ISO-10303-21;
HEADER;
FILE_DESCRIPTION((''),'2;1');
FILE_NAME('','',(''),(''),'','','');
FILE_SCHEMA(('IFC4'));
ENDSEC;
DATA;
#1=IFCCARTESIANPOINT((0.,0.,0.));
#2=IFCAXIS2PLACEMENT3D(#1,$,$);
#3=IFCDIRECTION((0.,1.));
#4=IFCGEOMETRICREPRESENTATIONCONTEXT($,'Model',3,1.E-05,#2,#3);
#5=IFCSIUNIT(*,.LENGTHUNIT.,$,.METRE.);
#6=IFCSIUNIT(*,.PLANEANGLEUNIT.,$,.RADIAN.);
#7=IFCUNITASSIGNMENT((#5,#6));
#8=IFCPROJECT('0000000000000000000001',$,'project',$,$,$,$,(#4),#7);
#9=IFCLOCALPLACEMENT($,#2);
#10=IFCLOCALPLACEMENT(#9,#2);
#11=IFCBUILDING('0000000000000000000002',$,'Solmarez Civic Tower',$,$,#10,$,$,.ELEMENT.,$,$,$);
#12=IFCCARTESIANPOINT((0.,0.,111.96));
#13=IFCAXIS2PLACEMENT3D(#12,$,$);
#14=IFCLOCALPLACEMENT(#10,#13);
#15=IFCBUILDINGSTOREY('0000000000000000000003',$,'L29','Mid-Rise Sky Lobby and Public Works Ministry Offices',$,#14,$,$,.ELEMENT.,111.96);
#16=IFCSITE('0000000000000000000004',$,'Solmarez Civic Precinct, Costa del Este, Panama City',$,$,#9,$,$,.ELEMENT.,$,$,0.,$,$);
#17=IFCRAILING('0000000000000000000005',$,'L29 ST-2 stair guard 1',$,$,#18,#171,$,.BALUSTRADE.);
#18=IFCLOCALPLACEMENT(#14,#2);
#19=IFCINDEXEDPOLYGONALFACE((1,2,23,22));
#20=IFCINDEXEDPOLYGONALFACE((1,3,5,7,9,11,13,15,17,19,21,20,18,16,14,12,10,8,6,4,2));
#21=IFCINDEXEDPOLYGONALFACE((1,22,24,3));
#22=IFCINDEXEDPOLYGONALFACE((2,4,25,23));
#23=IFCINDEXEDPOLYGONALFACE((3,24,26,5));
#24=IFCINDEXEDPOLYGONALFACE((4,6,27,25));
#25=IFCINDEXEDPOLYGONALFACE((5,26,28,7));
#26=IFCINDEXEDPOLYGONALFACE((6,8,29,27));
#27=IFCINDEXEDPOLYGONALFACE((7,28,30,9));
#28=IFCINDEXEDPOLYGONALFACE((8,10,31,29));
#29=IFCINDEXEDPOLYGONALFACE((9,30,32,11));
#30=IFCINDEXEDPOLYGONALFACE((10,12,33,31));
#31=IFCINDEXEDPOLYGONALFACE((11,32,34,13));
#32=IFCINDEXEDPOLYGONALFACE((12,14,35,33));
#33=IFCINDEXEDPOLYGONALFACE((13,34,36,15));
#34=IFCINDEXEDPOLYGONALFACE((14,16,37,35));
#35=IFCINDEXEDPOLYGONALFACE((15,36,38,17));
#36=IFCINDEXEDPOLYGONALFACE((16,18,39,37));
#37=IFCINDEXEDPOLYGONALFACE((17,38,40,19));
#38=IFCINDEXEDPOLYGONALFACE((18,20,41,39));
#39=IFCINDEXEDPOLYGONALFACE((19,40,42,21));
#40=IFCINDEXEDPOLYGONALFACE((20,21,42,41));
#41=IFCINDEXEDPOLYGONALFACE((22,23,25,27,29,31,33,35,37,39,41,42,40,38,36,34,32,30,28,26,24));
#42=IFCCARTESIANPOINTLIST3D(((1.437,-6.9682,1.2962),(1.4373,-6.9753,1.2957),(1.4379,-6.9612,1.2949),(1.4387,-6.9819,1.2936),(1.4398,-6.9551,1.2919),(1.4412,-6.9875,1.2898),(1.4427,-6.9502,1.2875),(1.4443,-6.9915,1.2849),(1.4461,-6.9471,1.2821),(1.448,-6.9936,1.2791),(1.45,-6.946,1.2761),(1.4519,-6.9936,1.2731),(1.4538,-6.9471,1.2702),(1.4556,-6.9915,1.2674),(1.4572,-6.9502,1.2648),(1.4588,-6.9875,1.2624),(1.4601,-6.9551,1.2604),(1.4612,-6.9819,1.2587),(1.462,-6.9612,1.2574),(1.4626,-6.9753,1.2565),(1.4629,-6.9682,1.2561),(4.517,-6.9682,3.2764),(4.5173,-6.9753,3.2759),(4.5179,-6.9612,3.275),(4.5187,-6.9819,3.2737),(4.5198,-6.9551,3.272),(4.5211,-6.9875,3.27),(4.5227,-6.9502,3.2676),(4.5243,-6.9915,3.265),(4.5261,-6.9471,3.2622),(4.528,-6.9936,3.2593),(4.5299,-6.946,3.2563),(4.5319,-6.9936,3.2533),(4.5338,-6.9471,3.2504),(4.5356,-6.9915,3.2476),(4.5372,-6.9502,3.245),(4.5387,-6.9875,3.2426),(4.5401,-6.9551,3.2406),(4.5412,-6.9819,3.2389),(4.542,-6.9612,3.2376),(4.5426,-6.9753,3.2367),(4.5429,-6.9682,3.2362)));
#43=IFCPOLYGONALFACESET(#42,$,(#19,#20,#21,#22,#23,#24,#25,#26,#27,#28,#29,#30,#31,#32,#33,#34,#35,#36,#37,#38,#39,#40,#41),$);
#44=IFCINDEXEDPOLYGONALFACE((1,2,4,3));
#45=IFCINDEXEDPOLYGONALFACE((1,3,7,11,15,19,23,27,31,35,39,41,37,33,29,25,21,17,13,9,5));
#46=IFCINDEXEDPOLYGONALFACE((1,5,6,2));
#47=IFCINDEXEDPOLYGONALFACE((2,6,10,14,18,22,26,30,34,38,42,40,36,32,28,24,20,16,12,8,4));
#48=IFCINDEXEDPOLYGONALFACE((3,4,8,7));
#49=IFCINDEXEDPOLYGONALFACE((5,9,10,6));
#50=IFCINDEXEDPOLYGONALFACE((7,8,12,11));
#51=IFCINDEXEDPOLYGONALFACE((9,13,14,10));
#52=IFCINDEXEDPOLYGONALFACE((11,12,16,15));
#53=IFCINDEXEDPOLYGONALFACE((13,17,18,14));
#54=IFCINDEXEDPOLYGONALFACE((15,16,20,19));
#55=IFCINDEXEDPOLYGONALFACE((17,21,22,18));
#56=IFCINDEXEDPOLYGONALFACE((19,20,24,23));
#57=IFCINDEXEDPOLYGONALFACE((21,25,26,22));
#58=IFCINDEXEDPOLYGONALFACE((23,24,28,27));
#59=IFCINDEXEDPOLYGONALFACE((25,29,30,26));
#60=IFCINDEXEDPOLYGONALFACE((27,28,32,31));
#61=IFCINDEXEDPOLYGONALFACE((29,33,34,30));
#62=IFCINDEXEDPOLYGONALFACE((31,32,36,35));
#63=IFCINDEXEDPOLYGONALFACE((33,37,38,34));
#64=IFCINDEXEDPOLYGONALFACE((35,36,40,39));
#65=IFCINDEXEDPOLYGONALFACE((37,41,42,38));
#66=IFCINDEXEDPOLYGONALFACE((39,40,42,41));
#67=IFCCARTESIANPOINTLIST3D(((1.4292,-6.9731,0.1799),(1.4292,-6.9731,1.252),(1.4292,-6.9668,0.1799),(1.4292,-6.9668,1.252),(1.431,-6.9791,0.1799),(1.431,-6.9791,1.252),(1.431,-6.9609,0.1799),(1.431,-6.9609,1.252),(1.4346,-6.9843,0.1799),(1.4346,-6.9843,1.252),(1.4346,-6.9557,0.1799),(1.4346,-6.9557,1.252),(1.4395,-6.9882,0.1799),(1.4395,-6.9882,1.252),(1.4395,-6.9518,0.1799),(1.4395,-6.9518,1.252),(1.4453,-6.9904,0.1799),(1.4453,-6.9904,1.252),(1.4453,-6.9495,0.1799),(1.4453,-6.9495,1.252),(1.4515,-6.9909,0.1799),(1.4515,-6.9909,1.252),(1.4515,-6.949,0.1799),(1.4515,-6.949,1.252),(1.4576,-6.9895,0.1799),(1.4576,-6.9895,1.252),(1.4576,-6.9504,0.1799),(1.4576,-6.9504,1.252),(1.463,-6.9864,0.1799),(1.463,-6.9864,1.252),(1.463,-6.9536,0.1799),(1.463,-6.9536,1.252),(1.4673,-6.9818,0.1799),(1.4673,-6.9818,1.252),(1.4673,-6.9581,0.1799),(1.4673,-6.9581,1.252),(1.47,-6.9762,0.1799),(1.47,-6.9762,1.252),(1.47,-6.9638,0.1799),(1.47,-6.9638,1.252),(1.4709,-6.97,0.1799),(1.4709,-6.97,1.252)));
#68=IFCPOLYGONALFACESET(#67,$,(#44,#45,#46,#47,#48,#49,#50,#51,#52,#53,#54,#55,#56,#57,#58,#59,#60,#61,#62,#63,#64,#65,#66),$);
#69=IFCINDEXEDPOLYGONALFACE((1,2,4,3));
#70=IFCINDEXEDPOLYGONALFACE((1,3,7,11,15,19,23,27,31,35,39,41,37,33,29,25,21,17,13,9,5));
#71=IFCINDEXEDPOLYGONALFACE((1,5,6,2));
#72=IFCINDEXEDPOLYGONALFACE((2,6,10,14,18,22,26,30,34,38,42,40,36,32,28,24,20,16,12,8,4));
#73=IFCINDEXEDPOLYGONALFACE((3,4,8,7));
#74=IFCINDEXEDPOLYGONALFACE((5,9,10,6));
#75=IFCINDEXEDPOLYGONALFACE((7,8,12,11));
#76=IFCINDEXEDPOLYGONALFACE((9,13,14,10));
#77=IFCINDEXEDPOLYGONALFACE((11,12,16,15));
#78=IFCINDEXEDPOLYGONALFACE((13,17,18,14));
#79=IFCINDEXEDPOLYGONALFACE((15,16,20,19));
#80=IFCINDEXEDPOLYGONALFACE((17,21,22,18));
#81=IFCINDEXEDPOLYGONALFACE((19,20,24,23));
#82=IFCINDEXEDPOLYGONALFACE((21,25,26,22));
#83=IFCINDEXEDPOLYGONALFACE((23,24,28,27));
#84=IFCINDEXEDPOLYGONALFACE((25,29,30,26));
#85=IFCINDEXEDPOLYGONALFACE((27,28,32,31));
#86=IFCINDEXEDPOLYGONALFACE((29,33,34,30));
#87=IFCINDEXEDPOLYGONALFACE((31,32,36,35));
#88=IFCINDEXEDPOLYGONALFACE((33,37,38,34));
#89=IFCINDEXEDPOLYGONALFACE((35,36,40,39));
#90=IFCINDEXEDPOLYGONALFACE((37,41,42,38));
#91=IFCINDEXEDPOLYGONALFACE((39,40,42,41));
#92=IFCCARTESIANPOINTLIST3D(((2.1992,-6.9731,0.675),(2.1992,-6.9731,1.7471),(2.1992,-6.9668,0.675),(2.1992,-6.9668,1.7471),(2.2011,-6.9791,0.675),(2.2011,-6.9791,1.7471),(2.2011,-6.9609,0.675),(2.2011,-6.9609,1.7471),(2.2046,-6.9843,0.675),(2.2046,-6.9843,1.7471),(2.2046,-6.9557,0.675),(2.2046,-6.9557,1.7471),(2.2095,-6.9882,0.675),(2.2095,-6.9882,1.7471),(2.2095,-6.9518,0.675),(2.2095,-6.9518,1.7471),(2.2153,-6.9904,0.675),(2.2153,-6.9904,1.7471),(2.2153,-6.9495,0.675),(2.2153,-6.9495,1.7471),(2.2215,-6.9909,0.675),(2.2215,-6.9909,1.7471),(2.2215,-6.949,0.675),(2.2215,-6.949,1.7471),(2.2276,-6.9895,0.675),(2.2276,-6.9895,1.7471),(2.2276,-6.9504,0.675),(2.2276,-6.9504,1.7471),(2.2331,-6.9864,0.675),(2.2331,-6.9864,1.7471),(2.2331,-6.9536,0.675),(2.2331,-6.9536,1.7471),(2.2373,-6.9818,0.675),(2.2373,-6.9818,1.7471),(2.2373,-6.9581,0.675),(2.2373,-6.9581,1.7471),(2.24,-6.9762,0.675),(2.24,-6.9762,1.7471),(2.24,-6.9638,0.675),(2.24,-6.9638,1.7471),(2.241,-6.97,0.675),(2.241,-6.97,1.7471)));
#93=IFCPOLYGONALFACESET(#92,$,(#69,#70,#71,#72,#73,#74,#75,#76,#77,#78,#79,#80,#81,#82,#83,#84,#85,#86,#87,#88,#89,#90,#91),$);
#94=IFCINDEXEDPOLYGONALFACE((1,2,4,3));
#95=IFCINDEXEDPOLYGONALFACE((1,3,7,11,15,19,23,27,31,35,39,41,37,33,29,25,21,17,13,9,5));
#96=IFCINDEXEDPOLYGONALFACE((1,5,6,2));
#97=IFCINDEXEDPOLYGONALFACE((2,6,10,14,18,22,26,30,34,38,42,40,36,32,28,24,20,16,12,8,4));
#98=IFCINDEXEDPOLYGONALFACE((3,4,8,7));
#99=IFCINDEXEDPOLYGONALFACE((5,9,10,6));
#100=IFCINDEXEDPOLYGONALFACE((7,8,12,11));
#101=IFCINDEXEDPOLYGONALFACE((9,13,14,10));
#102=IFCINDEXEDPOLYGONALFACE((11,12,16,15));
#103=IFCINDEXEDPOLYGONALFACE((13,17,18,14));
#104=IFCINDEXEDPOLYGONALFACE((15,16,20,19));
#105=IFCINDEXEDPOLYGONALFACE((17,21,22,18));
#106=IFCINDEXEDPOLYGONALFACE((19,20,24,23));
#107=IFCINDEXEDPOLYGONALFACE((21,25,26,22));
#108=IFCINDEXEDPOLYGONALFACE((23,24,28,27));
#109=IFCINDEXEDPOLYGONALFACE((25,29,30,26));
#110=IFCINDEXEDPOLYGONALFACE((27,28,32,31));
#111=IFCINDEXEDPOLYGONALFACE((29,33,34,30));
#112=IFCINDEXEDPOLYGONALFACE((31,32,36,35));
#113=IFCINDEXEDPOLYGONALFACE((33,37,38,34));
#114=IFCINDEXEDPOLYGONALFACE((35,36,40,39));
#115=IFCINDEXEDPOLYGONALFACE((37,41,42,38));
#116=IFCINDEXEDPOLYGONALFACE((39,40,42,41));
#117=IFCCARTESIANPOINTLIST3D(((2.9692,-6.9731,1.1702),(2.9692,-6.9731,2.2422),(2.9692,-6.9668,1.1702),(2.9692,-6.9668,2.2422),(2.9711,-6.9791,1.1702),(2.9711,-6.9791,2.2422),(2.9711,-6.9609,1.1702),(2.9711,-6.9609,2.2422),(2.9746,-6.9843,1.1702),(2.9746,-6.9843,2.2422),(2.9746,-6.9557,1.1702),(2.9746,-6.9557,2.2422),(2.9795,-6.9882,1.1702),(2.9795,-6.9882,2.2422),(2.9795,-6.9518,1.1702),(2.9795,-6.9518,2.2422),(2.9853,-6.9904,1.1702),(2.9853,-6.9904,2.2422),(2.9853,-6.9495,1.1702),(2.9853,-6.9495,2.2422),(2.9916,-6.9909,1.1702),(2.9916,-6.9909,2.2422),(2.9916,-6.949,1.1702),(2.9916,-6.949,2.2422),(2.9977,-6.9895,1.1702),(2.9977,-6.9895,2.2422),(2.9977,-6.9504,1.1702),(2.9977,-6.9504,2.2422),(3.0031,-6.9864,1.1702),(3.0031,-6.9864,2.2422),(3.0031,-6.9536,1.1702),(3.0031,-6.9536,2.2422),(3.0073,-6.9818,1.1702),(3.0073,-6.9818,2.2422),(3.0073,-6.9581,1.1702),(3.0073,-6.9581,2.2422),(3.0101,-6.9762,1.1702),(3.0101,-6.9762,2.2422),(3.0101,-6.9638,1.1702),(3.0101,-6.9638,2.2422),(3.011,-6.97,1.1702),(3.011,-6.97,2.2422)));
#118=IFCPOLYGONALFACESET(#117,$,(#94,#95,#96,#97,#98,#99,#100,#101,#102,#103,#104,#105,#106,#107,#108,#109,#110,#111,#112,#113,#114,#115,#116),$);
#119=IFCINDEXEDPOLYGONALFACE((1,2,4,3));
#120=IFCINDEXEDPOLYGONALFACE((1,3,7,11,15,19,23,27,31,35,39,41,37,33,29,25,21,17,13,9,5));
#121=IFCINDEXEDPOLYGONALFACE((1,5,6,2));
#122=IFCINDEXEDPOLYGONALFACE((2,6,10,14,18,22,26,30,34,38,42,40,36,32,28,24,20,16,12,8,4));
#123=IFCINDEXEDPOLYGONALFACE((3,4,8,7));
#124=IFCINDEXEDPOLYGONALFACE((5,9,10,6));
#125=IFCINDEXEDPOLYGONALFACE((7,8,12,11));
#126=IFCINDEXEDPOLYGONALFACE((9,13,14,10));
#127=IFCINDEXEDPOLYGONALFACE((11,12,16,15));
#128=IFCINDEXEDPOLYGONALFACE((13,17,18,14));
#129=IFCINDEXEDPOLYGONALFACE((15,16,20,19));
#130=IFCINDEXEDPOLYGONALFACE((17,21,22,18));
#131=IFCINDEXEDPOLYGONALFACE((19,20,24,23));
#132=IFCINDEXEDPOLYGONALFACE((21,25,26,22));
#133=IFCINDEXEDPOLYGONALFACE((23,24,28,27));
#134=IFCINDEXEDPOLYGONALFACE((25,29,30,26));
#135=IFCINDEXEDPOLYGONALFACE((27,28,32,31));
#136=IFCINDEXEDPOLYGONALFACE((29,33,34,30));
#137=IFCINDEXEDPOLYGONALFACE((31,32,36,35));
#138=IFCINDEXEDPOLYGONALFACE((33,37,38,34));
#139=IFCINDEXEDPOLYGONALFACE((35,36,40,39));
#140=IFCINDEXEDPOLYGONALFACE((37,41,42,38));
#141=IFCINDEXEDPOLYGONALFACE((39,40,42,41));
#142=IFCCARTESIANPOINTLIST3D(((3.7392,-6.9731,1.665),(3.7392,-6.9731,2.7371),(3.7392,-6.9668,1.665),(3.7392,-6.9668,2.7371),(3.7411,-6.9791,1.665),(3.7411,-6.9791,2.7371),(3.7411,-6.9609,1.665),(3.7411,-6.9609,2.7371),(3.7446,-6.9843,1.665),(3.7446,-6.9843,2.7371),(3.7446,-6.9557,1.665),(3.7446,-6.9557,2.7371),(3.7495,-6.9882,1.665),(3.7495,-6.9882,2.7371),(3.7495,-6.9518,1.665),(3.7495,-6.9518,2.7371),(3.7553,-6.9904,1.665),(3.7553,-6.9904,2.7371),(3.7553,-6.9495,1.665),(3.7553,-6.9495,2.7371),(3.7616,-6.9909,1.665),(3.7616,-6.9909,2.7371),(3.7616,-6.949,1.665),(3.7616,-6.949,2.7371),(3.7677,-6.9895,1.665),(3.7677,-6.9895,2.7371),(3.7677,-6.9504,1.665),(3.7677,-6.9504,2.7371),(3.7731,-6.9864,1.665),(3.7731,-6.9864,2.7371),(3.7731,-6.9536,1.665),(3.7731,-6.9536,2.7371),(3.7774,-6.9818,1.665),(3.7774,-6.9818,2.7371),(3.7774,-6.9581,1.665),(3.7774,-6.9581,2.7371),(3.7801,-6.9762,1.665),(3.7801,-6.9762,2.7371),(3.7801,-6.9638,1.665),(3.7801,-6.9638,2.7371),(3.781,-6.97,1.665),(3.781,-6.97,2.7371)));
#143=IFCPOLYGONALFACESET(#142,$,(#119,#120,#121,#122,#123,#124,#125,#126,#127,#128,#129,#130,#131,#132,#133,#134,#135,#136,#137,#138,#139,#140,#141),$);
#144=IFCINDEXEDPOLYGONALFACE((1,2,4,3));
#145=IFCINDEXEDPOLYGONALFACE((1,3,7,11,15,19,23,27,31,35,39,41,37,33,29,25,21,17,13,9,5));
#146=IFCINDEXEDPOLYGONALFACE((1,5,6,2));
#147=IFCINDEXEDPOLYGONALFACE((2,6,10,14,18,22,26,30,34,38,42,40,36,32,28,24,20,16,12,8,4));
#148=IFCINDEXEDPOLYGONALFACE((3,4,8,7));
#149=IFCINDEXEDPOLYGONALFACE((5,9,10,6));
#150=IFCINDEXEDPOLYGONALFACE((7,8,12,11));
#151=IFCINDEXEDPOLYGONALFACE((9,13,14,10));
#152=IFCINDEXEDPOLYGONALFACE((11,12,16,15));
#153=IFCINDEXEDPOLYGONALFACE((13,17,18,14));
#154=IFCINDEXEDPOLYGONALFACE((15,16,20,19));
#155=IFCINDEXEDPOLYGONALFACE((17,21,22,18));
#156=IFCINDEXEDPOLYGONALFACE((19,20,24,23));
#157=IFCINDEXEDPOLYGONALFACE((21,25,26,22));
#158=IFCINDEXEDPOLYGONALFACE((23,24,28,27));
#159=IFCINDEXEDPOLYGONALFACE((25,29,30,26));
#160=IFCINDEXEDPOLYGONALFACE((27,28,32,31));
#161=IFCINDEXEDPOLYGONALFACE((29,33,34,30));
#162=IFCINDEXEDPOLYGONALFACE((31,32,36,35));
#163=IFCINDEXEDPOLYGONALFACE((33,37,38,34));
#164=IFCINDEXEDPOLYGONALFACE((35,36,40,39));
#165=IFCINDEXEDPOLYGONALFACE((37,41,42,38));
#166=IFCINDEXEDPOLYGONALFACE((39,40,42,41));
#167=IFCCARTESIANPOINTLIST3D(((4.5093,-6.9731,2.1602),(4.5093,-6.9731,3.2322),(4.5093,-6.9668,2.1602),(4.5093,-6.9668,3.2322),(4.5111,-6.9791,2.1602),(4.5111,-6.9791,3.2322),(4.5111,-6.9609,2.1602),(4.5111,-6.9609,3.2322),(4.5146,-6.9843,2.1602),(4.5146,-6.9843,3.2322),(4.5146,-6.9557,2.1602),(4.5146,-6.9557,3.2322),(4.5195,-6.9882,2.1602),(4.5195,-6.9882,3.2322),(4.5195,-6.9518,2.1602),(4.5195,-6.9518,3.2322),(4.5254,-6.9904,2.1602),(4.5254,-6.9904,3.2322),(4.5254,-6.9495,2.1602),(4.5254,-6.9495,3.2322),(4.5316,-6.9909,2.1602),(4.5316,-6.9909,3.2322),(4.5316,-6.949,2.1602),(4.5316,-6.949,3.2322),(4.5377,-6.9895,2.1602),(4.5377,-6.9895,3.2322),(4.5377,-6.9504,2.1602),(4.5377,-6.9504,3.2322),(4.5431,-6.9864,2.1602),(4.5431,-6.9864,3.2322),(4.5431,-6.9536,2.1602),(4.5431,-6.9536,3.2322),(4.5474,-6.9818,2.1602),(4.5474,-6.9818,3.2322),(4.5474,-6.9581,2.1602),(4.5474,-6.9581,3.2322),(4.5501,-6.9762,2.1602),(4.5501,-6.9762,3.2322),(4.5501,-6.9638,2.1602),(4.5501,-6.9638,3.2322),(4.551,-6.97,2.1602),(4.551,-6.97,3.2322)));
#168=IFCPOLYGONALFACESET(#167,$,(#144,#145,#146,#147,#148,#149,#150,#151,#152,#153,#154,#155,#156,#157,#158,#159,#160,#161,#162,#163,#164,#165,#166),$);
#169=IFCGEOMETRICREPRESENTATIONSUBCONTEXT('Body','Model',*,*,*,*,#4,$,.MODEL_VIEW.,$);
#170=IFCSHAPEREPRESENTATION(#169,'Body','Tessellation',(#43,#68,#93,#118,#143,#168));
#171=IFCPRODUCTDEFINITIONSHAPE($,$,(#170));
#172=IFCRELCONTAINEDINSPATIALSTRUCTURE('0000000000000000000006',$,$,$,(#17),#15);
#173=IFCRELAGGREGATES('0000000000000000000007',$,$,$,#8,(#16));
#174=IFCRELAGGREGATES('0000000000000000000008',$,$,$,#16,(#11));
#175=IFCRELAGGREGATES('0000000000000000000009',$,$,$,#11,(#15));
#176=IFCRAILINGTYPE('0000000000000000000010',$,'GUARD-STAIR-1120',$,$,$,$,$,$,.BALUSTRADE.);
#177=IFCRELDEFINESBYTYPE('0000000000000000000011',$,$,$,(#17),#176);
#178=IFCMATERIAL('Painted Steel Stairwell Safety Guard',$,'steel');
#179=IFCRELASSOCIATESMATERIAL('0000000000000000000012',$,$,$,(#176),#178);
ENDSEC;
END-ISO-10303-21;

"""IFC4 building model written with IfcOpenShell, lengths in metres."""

from ifc_helpers import new_model, si_unit, direction, frame, origin, origin_2d, place, context, subcontext, project, spatial, circle, extrude, material, type_object, element, save


model = new_model("IFC4")

# Units and contexts
model_context = context("Model", 3, precision=1e-05, world=origin(), true_north=direction((0.0, 1.0)))
body_context = subcontext(model_context, "Body", "Model", "MODEL_VIEW")
ifc_project = project(units=[si_unit("LENGTHUNIT", "METRE"), si_unit("PLANEANGLEUNIT", "RADIAN")], contexts=[model_context])

# Site, building, storey
site_placement = place(None, origin())
site = spatial("IfcSite", under=ifc_project, at=site_placement, Name="Solmarez Civic Precinct, Costa del Este, Panama City", CompositionType="ELEMENT", RefElevation=0.0)
building_placement = place(site_placement, origin())
building = spatial("IfcBuilding", under=site, at=building_placement, Name="Solmarez Civic Tower", CompositionType="ELEMENT")
storey_placement = place(building_placement, frame((0.0, 0.0, 111.96)))
storey = spatial("IfcBuildingStorey", under=building, at=storey_placement, Name="L29", Description="Mid-Rise Sky Lobby and Public Works Ministry Offices", CompositionType="ELEMENT", Elevation=111.96)

# Railing
ifc_material_1 = material(Name="Painted Steel Stairwell Safety Guard", Category="steel")
railing_type_1 = type_object("IfcRailingType", Name="GUARD-STAIR-1120", PredefinedType="BALUSTRADE", material=ifc_material_1)
railing_1_placement = place(storey_placement, frame((1.45, -6.97, 0.1799)))
element("IfcRailing", 1, at=railing_1_placement, inside=storey, type_object=railing_type_1, Name="L29 ST-2 stair guard 1", PredefinedType="BALUSTRADE", context=body_context, shape_type="SweptSolid", body=[
    extrude(circle(Radius=0.0239, at=origin_2d()), frame((0.0, 0.0, 1.0962), z_axis=(0.841157, 0.0, 0.540791), x_axis=(0.0, 1.0, 0.0)), (0.0, 0.0, 1.0), 3.6616),
    extrude(circle(Radius=0.021, at=origin_2d()), origin(), (0.0, 0.0, 1.0), 1.072),
    extrude(circle(Radius=0.021, at=origin_2d()), frame((0.77, 0.0, 0.4951)), (0.0, 0.0, 1.0), 1.072),
    extrude(circle(Radius=0.021, at=origin_2d()), frame((1.54, 0.0, 0.9902)), (0.0, 0.0, 1.0), 1.072),
    extrude(circle(Radius=0.021, at=origin_2d()), frame((2.3101, 0.0, 1.4851)), (0.0, 0.0, 1.0), 1.072),
    extrude(circle(Radius=0.021, at=origin_2d()), frame((3.0801, 0.0, 1.9802)), (0.0, 0.0, 1.0), 1.072),
])

save(model, "model.ifc")
